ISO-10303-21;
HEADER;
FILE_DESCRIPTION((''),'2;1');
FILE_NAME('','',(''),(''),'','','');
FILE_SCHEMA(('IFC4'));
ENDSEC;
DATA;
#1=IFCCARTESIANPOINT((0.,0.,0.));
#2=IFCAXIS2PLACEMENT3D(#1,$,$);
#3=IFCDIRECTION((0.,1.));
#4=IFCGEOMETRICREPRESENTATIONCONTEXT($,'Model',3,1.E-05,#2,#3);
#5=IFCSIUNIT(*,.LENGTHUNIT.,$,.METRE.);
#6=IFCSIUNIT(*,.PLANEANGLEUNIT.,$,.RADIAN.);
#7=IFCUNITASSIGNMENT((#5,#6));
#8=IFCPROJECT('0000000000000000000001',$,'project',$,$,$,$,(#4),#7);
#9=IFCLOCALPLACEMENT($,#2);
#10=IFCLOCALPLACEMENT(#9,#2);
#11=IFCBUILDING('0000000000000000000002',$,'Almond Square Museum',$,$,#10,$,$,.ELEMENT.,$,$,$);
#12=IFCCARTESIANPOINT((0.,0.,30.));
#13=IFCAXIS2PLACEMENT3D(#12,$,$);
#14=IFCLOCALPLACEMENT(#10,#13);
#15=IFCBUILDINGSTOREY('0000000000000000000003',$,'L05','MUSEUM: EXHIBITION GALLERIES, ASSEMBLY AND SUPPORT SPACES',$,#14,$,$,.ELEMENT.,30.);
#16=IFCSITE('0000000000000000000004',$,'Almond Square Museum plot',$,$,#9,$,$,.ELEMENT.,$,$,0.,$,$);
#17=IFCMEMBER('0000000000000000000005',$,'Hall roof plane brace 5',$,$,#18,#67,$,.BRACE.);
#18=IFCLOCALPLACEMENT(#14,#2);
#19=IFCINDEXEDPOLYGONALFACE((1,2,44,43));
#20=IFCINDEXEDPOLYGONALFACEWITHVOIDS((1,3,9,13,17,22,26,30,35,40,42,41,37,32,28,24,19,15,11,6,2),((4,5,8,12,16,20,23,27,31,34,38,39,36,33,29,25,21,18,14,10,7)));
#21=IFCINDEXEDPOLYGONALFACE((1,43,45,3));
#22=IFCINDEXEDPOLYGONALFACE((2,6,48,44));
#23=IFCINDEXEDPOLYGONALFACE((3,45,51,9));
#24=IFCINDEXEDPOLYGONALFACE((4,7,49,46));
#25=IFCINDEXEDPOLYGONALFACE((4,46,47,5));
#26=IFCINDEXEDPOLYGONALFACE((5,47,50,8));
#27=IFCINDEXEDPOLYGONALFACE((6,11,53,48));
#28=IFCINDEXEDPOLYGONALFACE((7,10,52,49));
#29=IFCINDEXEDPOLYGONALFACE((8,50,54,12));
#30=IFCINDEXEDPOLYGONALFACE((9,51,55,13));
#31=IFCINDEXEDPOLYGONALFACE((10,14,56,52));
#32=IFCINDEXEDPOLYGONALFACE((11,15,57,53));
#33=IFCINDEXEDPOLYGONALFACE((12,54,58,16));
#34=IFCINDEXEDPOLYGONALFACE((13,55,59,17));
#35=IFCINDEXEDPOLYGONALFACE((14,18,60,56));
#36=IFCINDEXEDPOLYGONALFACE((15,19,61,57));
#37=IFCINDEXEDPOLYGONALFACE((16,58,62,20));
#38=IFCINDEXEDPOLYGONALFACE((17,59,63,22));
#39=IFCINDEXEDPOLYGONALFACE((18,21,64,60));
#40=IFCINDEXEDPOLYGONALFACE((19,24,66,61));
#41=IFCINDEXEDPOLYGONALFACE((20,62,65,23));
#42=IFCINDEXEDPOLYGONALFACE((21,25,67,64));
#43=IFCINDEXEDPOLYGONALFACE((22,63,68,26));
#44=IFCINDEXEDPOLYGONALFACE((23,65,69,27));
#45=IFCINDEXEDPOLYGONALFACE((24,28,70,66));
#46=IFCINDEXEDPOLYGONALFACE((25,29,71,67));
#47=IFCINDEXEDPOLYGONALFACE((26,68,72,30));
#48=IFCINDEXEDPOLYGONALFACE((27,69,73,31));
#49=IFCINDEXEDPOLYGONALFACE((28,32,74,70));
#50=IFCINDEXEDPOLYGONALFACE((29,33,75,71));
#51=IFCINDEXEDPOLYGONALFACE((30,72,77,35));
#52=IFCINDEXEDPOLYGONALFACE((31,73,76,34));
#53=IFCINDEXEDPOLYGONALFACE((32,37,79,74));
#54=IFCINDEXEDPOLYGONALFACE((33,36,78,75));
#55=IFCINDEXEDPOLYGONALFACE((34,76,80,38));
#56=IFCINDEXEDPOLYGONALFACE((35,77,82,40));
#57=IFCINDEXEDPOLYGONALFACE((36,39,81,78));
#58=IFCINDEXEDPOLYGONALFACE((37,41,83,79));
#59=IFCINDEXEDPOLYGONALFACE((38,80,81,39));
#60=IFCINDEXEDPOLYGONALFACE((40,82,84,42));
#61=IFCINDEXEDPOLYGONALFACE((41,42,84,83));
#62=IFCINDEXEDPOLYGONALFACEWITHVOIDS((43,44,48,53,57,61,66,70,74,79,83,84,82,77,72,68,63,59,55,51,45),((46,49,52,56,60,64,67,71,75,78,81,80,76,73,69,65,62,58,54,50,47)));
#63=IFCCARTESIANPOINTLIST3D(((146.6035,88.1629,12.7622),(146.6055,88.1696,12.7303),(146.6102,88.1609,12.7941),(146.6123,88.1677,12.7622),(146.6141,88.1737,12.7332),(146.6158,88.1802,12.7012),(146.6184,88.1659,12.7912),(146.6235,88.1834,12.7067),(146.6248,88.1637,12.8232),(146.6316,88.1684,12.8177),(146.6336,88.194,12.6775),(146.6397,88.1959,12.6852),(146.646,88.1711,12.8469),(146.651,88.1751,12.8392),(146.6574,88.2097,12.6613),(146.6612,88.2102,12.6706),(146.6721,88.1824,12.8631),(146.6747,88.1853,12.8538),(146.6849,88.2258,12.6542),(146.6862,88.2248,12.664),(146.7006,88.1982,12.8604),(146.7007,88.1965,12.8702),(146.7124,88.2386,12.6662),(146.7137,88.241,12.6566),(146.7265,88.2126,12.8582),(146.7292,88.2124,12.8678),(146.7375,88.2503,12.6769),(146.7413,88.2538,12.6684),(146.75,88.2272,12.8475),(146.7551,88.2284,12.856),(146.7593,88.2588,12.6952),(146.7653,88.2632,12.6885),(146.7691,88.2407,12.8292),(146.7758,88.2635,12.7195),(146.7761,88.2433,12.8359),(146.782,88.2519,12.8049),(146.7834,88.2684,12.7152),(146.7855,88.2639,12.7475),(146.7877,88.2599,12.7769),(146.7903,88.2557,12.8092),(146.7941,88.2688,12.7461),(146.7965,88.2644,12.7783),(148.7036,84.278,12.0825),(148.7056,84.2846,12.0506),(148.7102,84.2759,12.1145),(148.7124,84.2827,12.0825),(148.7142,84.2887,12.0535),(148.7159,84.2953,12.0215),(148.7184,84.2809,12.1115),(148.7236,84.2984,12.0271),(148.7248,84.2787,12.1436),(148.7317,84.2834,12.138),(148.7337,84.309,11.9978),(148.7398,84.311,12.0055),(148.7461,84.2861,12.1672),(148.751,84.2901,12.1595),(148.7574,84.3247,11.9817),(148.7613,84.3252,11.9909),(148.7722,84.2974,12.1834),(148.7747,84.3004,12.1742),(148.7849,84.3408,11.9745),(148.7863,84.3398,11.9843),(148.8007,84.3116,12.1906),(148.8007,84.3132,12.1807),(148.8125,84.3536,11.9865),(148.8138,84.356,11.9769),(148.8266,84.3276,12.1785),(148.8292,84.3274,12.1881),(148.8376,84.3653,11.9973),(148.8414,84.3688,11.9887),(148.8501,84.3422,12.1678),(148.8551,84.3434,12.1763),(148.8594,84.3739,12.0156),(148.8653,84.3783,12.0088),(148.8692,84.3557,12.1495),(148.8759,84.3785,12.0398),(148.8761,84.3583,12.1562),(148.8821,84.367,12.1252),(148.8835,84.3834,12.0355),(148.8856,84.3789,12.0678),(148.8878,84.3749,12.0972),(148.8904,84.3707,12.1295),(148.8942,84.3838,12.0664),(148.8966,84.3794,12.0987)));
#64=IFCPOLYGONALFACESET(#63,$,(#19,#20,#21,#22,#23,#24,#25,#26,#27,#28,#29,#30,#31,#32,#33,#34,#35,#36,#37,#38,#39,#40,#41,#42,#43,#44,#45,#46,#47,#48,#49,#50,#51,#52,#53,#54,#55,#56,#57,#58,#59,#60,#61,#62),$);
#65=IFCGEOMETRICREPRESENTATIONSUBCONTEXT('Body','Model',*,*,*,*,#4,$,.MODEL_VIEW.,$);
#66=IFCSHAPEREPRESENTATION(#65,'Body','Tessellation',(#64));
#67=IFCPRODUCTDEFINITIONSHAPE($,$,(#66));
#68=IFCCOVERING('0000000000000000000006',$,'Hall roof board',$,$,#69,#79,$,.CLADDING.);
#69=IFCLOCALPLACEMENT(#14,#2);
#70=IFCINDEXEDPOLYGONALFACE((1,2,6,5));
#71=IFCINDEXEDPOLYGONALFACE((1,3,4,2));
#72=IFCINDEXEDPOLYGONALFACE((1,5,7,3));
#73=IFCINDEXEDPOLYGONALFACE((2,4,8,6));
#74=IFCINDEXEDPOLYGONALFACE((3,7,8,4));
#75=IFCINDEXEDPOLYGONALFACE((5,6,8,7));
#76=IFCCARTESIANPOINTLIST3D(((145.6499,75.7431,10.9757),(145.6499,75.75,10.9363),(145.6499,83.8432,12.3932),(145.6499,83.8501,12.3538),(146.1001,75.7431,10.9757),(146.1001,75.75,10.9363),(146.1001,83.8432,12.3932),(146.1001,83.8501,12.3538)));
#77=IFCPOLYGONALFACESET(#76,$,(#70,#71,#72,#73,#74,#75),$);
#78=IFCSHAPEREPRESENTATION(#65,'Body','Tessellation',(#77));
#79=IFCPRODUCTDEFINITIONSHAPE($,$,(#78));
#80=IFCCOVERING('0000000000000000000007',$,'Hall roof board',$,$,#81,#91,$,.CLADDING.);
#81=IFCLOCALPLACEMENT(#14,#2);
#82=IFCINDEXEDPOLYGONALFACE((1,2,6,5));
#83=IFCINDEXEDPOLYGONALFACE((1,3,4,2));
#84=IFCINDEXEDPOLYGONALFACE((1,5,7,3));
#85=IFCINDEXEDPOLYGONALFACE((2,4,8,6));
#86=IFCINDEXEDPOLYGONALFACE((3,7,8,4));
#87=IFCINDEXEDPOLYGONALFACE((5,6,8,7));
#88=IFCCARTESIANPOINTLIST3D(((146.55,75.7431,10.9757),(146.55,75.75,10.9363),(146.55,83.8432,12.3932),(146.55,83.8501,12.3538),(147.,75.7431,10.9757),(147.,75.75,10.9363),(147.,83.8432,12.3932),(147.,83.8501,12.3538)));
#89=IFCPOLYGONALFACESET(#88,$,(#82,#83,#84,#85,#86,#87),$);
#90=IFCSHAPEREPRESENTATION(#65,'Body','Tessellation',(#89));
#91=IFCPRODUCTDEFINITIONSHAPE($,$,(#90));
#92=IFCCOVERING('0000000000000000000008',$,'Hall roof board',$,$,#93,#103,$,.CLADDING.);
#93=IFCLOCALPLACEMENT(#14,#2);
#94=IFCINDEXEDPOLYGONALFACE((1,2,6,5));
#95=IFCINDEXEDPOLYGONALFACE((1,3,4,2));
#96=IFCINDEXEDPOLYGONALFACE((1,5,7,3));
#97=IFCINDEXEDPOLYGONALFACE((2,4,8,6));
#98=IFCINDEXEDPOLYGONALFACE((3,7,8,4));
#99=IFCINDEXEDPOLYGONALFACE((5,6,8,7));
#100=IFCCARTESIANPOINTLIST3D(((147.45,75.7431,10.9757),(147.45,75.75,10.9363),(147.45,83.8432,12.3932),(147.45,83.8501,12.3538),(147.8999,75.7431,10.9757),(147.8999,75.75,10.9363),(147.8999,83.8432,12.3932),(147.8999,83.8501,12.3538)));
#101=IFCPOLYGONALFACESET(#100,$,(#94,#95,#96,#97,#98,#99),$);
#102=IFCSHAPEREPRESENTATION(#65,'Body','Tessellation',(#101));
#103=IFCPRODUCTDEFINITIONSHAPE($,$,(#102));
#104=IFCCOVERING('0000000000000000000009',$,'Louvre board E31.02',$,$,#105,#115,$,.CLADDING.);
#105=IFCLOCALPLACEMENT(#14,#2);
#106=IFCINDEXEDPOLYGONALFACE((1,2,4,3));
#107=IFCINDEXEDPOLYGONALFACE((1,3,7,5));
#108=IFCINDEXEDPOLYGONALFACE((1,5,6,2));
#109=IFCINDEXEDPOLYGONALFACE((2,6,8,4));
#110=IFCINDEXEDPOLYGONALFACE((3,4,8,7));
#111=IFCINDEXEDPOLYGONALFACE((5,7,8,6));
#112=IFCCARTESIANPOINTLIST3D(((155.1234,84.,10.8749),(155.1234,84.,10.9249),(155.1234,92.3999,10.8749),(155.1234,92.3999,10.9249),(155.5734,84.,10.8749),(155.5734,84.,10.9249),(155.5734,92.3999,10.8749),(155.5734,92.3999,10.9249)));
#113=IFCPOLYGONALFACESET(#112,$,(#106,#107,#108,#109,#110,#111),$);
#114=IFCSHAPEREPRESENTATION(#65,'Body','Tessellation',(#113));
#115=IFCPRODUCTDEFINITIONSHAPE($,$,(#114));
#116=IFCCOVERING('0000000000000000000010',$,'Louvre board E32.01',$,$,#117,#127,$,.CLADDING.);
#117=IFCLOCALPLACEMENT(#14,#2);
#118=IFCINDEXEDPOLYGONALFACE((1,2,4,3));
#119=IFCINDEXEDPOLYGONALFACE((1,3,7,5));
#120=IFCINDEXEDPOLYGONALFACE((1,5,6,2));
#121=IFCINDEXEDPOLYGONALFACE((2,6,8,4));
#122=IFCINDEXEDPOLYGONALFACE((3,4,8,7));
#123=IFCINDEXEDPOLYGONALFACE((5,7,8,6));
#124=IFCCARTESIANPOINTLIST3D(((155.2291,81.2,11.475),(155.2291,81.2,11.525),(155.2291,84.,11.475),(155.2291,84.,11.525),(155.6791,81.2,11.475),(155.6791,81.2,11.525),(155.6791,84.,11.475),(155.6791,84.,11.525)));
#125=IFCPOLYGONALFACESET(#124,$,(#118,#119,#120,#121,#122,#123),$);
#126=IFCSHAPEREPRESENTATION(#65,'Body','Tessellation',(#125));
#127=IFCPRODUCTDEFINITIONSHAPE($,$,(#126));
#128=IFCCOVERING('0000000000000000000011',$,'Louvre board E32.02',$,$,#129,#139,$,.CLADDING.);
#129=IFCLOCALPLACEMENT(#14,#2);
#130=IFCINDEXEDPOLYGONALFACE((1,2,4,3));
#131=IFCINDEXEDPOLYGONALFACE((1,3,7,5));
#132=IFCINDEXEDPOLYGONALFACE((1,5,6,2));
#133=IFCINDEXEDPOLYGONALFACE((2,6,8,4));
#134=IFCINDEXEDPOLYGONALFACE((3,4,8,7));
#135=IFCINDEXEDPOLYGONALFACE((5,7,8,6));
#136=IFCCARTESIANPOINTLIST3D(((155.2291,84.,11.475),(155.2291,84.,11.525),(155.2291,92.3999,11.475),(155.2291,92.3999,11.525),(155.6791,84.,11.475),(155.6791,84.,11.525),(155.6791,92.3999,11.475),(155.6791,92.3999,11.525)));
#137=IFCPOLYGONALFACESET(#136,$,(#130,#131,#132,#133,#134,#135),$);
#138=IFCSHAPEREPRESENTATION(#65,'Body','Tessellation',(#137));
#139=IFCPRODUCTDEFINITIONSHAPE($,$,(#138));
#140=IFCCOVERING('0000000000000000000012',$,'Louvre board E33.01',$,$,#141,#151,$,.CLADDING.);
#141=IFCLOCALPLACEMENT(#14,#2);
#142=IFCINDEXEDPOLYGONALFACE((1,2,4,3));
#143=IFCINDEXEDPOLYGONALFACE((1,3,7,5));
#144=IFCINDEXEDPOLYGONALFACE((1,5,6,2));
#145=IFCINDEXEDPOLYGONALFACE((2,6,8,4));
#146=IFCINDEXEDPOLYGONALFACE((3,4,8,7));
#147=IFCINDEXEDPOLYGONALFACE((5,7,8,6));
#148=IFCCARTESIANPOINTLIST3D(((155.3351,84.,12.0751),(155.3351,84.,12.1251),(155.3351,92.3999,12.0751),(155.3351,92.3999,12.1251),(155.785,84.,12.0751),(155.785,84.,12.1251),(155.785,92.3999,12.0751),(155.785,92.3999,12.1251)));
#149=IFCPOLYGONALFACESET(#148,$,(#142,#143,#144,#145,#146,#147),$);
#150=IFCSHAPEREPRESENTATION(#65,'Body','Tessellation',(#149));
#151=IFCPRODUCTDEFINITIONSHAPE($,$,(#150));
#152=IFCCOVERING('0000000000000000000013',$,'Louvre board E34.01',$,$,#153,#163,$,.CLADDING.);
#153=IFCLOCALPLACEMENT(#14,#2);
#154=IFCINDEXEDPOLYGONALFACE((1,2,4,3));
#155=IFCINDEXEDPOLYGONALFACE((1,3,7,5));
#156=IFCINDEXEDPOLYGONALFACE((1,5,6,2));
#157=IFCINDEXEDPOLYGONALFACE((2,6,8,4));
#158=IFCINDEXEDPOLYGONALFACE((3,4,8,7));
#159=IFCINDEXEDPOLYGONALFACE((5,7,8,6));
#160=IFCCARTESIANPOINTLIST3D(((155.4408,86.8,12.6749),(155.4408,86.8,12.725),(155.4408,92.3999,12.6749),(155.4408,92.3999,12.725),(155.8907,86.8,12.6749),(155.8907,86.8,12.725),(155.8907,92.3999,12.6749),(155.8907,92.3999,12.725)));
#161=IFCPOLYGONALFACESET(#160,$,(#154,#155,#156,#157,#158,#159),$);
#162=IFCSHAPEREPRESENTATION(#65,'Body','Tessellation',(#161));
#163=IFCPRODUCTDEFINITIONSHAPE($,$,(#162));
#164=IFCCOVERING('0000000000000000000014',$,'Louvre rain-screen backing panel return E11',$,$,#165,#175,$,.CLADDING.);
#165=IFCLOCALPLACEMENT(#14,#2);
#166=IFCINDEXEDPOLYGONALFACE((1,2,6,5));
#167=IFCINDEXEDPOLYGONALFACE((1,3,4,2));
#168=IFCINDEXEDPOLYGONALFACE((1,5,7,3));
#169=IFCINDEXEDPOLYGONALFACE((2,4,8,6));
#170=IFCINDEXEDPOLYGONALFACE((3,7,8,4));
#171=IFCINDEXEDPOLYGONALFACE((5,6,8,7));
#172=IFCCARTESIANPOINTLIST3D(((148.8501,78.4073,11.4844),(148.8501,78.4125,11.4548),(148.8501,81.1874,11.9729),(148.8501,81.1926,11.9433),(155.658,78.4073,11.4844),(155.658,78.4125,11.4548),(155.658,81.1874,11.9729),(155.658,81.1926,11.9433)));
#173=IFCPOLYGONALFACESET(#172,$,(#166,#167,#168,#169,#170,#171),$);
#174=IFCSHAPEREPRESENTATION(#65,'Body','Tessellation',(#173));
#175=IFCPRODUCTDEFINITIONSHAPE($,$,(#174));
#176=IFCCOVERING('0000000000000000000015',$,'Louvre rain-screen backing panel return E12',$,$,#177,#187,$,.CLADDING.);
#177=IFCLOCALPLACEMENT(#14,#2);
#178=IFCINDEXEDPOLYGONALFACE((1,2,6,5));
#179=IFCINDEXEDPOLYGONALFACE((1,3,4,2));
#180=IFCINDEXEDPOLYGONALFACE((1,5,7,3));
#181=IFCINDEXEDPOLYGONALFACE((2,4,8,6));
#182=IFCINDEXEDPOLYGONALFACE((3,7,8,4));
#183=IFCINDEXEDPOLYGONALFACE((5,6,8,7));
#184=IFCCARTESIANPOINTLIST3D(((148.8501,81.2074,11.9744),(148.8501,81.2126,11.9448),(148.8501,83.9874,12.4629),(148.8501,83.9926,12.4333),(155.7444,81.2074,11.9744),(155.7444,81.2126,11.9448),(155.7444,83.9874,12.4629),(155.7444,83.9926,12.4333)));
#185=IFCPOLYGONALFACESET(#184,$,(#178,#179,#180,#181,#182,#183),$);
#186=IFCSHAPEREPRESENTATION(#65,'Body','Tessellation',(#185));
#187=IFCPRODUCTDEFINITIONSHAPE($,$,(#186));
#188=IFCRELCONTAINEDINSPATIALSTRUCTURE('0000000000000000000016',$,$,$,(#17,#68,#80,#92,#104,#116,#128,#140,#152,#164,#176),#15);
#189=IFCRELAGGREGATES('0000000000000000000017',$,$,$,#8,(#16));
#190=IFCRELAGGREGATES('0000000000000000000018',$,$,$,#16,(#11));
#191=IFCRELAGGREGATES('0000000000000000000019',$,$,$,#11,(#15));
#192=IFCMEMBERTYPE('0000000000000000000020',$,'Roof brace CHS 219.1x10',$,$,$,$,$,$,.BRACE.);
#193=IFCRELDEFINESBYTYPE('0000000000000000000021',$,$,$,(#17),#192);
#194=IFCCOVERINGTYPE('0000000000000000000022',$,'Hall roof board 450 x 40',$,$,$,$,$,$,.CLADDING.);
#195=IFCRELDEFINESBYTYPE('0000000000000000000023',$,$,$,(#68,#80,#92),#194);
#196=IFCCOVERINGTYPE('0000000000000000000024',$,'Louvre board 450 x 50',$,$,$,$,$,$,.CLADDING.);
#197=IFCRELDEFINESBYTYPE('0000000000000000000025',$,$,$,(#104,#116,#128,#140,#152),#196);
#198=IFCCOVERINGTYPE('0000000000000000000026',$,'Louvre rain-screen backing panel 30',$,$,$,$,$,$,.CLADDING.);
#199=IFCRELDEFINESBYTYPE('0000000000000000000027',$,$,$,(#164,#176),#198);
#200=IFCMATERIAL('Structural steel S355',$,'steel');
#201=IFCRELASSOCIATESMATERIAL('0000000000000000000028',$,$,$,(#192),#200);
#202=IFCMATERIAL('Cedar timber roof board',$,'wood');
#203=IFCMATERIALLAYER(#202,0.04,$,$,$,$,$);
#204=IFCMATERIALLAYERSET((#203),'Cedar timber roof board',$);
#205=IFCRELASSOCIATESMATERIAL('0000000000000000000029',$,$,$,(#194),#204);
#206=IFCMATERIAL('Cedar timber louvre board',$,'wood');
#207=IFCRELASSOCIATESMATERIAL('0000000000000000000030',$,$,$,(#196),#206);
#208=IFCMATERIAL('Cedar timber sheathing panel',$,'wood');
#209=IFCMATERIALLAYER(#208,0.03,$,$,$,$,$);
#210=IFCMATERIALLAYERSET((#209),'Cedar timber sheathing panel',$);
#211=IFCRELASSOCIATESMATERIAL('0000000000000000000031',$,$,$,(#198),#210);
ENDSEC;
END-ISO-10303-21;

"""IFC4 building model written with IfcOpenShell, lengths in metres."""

from ifc_helpers import new_model, si_unit, direction, frame, origin, origin_2d, place, context, subcontext, project, spatial, polyline, rectangle, hollow_circle, outline, extrude, material, layer, layer_set, material_profile, profile_set, type_object, element, save


model = new_model("IFC4")

# Units and contexts
model_context = context("Model", 3, precision=1e-05, world=origin(), true_north=direction((0.0, 1.0)))
body_context = subcontext(model_context, "Body", "Model", "MODEL_VIEW")
ifc_project = project(units=[si_unit("LENGTHUNIT", "METRE"), si_unit("PLANEANGLEUNIT", "RADIAN")], contexts=[model_context])

# Site, building, storey
site_placement = place(None, origin())
site = spatial("IfcSite", under=ifc_project, at=site_placement, Name="Almond Square Museum plot", CompositionType="ELEMENT", RefElevation=0.0)
building_placement = place(site_placement, origin())
building = spatial("IfcBuilding", under=site, at=building_placement, Name="Almond Square Museum", CompositionType="ELEMENT")
storey_placement = place(building_placement, frame((0.0, 0.0, 30.0)))
storey = spatial("IfcBuildingStorey", under=building, at=storey_placement, Name="L05", Description="MUSEUM: EXHIBITION GALLERIES, ASSEMBLY AND SUPPORT SPACES", CompositionType="ELEMENT", Elevation=30.0)

# Member
ifc_material_1 = material(Name="Structural steel S355", Category="steel")
ifc_material_profile_1 = material_profile(ifc_material_1, hollow_circle(Radius=0.1096, WallThickness=0.01, at=origin_2d()))
ifc_profile_set_1 = profile_set([ifc_material_profile_1], Name="Structural steel S355")
member_type_1 = type_object("IfcMemberType", Name="Roof brace CHS 219.1x10", PredefinedType="BRACE", material=ifc_profile_set_1)
member_1_placement = place(storey_placement, frame((148.8, 84.3301, 12.0825), z_axis=(-0.469999, 0.869461, 0.152113), x_axis=(-0.879698, -0.475533, 0.0)))
element("IfcMember", 1, at=member_1_placement, inside=storey, type_object=member_type_1, Name="Hall roof plane brace 5", PredefinedType="BRACE", context=body_context, shape_type="SweptSolid", body=[
    extrude(hollow_circle(Radius=0.1096, WallThickness=0.01, at=origin_2d()), origin(), (0.0, 0.0, 1.0), 4.4683),
])

# Coverings
ifc_material_2 = material(Name="Cedar timber roof board", Category="wood")
ifc_layer_1 = layer(ifc_material_2, 0.04)
ifc_layer_set_1 = layer_set([ifc_layer_1], Name="Cedar timber roof board")
covering_type_1 = type_object("IfcCoveringType", Name="Hall roof board 450 x 40", PredefinedType="CLADDING", material=ifc_layer_set_1)
covering_1_placement = place(storey_placement, frame((146.1001, 83.8501, 12.3538), z_axis=(0.0, -0.172376, 0.985031), x_axis=(-1.0, 0.0, 0.0)))
element("IfcCovering", 2, at=covering_1_placement, inside=storey, type_object=covering_type_1, Name="Hall roof board", PredefinedType="CLADDING", context=body_context, shape_type="SweptSolid", body=[
    extrude(outline(polyline([(0.0, 0.0), (0.4502, 0.0), (0.4502, 8.2232), (0.0, 8.2232), (0.0, 0.0)])), origin(), (0.0, 0.0, 1.0), 0.04),
])
for number, where, z_axis, x_axis, name in (
    (3, (147.0, 83.8501, 12.3538), (0.0, -0.172376, 0.985031), (-1.0, 0.0, 0.0), "Hall roof board"),
    (4, (147.8999, 83.8501, 12.3538), (0.0, -0.172376, 0.985031), (-1.0, 0.0, 0.0), "Hall roof board"),
):
    element("IfcCovering", number, at=place(storey_placement, frame(where, z_axis=z_axis, x_axis=x_axis)), inside=storey, type_object=covering_type_1, Name=name, PredefinedType="CLADDING", context=body_context, shape_type="SweptSolid", body=[
        extrude(outline(polyline([(0.0, 0.0), (0.45, 0.0), (0.45, 8.2232), (0.0, 8.2232), (0.0, 0.0)])), origin(), (0.0, 0.0, 1.0), 0.04),
    ])
ifc_material_3 = material(Name="Cedar timber louvre board", Category="wood")
ifc_material_profile_2 = material_profile(ifc_material_3, rectangle(XDim=0.45, YDim=0.05, at=origin_2d()))
ifc_profile_set_2 = profile_set([ifc_material_profile_2], Name="Cedar timber louvre board")
covering_type_2 = type_object("IfcCoveringType", Name="Louvre board 450 x 50", PredefinedType="CLADDING", material=ifc_profile_set_2)
covering_2_placement = place(storey_placement, frame((155.3484, 84.0, 10.8999), z_axis=(0.0, 1.0, 0.0), x_axis=(-1.0, 0.0, 0.0)))
element("IfcCovering", 5, at=covering_2_placement, inside=storey, type_object=covering_type_2, Name="Louvre board E31.02", PredefinedType="CLADDING", context=body_context, shape_type="SweptSolid", body=[
    extrude(rectangle(XDim=0.45, YDim=0.05, at=origin_2d()), origin(), (0.0, 0.0, 1.0), 8.3999),
])
covering_3_placement = place(storey_placement, frame((155.4541, 81.2, 11.5), z_axis=(0.0, 1.0, 0.0), x_axis=(-1.0, 0.0, 0.0)))
element("IfcCovering", 6, at=covering_3_placement, inside=storey, type_object=covering_type_2, Name="Louvre board E32.01", PredefinedType="CLADDING", context=body_context, shape_type="SweptSolid", body=[
    extrude(rectangle(XDim=0.45, YDim=0.05, at=origin_2d()), origin(), (0.0, 0.0, 1.0), 2.8),
])
for number, where, z_axis, x_axis, name in (
    (7, (155.4541, 84.0, 11.5), (0.0, 1.0, 0.0), (-1.0, 0.0, 0.0), "Louvre board E32.02"),
    (8, (155.5601, 84.0, 12.1001), (0.0, 1.0, 0.0), (-1.0, 0.0, 0.0), "Louvre board E33.01"),
):
    element("IfcCovering", number, at=place(storey_placement, frame(where, z_axis=z_axis, x_axis=x_axis)), inside=storey, type_object=covering_type_2, Name=name, PredefinedType="CLADDING", context=body_context, shape_type="SweptSolid", body=[
        extrude(rectangle(XDim=0.45, YDim=0.05, at=origin_2d()), origin(), (0.0, 0.0, 1.0), 8.3999),
    ])
covering_4_placement = place(storey_placement, frame((155.6658, 86.8, 12.7), z_axis=(0.0, 1.0, 0.0), x_axis=(-1.0, 0.0, 0.0)))
element("IfcCovering", 9, at=covering_4_placement, inside=storey, type_object=covering_type_2, Name="Louvre board E34.01", PredefinedType="CLADDING", context=body_context, shape_type="SweptSolid", body=[
    extrude(rectangle(XDim=0.45, YDim=0.05, at=origin_2d()), origin(), (0.0, 0.0, 1.0), 5.5999),
])
ifc_material_4 = material(Name="Cedar timber sheathing panel", Category="wood")
ifc_layer_2 = layer(ifc_material_4, 0.03)
ifc_layer_set_2 = layer_set([ifc_layer_2], Name="Cedar timber sheathing panel")
covering_type_3 = type_object("IfcCoveringType", Name="Louvre rain-screen backing panel 30", PredefinedType="CLADDING", material=ifc_layer_set_2)
covering_5_placement = place(storey_placement, frame((148.8501, 78.4099, 11.4697), z_axis=(0.0, -0.173075, 0.984909), x_axis=(1.0, 0.0, 0.0)))
element("IfcCovering", 10, at=covering_5_placement, inside=storey, type_object=covering_type_3, Name="Louvre rain-screen backing panel return E11", PredefinedType="CLADDING", context=body_context, shape_type="SweptSolid", body=[
    extrude(outline(polyline([(0.0, 0.0), (6.8079, 0.0), (6.8079, 2.8226), (0.0, 2.8226), (0.0, 0.0)])), frame((0.0, 0.0, -0.0151)), (0.0, 0.0, 1.0), 0.03),
])
covering_6_placement = place(storey_placement, frame((148.8501, 81.21, 11.9597), z_axis=(0.0, -0.173075, 0.984909), x_axis=(1.0, 0.0, 0.0)))
element("IfcCovering", 11, at=covering_6_placement, inside=storey, type_object=covering_type_3, Name="Louvre rain-screen backing panel return E12", PredefinedType="CLADDING", context=body_context, shape_type="SweptSolid", body=[
    extrude(outline(polyline([(0.0, 0.0), (6.8943, 0.0), (6.8943, 2.8226), (0.0, 2.8226), (0.0, 0.0)])), frame((0.0, 0.0, -0.0151)), (0.0, 0.0, 1.0), 0.03),
])

save(model, "model.ifc")
